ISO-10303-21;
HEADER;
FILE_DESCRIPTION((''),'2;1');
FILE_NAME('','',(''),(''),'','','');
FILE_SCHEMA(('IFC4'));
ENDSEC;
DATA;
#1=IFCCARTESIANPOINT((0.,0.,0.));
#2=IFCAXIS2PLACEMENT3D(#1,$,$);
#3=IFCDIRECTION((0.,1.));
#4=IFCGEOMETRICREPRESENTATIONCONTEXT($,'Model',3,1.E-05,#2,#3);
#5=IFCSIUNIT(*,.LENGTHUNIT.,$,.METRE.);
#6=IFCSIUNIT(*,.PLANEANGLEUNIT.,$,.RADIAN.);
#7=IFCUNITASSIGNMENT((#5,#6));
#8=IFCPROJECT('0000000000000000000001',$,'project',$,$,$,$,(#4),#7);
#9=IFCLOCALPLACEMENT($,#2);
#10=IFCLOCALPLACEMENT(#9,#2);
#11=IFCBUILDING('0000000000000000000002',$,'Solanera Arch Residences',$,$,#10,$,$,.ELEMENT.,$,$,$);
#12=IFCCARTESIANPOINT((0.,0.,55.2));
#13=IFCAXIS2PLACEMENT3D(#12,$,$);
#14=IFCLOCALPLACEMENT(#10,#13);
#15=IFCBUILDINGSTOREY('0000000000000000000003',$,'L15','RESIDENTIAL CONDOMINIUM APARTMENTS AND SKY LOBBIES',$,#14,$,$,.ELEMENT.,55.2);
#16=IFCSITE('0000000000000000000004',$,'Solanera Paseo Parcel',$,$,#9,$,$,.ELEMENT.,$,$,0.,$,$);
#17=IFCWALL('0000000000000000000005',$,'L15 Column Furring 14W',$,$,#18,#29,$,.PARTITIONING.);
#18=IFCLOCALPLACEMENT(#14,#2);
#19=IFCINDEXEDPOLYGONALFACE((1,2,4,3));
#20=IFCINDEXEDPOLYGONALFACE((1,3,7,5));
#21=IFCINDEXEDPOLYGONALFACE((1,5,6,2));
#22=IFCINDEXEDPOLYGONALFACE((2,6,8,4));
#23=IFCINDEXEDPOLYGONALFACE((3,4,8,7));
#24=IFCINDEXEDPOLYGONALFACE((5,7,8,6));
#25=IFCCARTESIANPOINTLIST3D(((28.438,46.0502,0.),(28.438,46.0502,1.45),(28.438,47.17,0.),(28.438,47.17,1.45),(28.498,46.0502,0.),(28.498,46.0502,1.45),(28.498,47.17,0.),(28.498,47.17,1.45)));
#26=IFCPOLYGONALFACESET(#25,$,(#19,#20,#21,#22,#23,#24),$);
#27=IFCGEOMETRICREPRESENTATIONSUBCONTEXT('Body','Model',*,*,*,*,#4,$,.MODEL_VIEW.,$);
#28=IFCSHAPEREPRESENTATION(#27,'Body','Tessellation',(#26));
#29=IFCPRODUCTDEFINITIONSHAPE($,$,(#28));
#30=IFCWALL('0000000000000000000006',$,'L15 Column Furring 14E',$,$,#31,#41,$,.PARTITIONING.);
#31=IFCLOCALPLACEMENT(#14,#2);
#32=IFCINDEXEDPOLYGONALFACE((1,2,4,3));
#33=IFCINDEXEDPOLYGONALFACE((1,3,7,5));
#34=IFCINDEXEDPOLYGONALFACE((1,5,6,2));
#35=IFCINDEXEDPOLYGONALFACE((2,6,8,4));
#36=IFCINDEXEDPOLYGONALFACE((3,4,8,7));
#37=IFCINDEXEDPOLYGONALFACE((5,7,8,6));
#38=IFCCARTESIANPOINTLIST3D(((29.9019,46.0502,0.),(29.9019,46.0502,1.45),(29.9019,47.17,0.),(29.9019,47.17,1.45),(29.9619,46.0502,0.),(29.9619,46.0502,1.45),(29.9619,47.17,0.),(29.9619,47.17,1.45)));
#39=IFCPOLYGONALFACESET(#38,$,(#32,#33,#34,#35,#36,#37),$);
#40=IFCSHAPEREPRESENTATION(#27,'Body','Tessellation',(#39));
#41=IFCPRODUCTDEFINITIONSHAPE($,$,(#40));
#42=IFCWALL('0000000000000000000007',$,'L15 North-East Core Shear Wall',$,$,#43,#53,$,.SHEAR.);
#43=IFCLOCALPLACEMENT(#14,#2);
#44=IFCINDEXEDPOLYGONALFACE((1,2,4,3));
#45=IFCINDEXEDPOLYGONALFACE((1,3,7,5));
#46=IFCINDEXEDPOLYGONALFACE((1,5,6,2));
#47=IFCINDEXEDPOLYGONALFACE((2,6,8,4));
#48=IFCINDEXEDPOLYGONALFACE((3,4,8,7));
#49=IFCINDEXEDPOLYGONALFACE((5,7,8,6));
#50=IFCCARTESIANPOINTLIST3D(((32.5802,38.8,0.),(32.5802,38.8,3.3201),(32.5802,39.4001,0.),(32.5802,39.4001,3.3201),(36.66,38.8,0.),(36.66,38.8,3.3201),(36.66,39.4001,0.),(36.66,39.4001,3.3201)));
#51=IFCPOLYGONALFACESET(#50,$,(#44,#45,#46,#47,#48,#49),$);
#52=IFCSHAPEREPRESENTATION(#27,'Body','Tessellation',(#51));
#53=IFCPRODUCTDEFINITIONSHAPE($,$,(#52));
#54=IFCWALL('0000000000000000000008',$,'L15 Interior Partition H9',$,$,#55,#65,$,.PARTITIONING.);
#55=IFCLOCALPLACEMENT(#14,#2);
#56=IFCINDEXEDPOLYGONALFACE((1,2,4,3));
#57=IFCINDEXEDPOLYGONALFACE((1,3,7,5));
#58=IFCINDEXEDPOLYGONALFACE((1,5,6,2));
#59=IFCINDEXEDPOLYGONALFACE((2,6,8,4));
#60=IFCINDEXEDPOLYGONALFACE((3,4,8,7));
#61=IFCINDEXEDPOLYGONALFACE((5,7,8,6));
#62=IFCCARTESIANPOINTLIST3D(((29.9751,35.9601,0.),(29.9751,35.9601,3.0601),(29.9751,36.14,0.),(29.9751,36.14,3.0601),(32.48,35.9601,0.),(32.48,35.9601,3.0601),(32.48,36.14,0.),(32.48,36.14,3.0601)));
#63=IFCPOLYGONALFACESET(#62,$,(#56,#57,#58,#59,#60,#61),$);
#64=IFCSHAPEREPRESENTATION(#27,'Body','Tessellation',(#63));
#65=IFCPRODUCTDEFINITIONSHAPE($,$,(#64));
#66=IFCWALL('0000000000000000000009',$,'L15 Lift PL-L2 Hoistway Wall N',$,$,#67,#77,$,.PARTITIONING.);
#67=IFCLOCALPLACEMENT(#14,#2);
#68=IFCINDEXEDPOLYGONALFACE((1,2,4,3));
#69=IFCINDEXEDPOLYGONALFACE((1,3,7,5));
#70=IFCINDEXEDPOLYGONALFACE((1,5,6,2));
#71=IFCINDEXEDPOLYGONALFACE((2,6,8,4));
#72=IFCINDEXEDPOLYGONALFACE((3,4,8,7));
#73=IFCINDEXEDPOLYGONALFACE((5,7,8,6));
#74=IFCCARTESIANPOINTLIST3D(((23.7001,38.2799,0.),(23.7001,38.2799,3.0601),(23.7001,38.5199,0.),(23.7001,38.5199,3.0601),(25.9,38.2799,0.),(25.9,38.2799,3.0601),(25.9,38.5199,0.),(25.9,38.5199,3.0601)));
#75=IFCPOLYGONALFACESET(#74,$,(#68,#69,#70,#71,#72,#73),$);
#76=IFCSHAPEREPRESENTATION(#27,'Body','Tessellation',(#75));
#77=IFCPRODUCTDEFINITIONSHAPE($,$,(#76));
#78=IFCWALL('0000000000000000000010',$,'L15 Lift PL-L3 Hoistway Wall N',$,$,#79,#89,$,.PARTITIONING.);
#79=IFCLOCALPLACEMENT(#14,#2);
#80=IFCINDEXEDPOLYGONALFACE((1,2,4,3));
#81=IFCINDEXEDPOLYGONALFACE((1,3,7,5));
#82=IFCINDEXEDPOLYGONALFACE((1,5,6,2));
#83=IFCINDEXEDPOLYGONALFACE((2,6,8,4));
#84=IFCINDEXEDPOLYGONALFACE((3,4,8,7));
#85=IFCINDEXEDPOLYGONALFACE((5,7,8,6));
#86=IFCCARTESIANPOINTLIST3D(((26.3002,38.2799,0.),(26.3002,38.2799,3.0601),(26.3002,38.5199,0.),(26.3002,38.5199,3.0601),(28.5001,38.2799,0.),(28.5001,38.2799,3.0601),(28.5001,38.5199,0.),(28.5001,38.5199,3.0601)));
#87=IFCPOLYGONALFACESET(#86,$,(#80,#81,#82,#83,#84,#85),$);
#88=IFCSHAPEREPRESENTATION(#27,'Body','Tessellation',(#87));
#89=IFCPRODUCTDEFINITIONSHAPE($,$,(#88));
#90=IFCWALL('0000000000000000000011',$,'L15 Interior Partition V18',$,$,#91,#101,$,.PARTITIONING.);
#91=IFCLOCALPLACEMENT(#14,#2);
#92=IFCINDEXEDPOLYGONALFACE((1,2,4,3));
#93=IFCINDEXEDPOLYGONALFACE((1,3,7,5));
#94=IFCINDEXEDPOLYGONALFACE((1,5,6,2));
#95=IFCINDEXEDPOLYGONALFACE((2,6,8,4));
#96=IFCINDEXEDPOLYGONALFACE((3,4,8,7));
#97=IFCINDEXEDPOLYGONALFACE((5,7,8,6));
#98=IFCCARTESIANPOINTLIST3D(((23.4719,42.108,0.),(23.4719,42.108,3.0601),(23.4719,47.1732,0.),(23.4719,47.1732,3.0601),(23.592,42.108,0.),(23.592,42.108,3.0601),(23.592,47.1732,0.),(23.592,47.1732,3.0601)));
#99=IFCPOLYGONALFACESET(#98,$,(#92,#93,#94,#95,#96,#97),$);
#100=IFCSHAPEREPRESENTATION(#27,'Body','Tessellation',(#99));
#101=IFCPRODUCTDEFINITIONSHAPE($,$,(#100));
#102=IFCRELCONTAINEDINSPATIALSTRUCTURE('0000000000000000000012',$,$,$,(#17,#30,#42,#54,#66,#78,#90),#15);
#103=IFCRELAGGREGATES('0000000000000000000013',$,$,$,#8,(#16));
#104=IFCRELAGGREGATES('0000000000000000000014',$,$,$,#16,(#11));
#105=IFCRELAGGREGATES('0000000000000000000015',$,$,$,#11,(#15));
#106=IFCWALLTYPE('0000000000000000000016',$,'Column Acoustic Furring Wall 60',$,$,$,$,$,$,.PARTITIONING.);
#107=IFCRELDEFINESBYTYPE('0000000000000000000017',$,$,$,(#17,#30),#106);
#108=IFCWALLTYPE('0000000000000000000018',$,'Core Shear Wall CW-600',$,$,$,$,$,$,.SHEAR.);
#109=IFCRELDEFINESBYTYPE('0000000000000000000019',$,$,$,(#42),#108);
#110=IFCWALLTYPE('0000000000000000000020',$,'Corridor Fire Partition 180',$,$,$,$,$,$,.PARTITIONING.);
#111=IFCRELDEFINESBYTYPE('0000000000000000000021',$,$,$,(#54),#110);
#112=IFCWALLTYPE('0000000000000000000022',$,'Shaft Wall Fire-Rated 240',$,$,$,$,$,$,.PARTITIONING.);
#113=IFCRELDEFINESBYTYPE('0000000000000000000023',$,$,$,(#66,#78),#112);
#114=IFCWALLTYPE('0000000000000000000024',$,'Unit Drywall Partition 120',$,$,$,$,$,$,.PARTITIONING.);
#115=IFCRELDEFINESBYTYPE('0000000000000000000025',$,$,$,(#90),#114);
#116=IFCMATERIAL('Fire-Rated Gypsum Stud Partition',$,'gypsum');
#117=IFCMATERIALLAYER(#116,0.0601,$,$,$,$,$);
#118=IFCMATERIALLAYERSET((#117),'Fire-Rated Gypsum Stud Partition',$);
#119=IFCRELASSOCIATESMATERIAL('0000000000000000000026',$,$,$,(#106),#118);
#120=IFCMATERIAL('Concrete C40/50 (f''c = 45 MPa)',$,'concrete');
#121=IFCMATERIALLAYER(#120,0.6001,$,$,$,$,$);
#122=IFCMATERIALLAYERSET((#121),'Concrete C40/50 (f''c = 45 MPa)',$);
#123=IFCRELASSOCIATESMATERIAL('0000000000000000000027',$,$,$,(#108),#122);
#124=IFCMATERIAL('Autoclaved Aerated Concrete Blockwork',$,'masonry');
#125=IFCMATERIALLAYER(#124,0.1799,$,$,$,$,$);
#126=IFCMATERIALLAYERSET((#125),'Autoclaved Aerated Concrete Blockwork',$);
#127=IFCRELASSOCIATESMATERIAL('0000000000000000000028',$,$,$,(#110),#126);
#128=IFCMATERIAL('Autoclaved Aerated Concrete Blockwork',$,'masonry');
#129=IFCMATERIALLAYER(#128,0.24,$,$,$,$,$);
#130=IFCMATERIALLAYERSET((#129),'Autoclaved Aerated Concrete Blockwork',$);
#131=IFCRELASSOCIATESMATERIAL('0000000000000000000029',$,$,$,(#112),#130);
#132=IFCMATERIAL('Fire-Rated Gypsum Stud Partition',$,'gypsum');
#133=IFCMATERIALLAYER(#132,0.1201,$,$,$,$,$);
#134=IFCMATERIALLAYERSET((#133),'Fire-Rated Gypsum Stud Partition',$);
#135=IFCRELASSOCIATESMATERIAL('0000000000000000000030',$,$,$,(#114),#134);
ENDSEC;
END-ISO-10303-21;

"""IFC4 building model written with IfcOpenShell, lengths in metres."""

from ifc_helpers import new_model, si_unit, direction, frame, frame_2d, origin, place, context, subcontext, project, spatial, rectangle, extrude, material, layer, layer_set, type_object, element, save


model = new_model("IFC4")

# Units and contexts
model_context = context("Model", 3, precision=1e-05, world=origin(), true_north=direction((0.0, 1.0)))
body_context = subcontext(model_context, "Body", "Model", "MODEL_VIEW")
ifc_project = project(units=[si_unit("LENGTHUNIT", "METRE"), si_unit("PLANEANGLEUNIT", "RADIAN")], contexts=[model_context])

# Site, building, storey
site_placement = place(None, origin())
site = spatial("IfcSite", under=ifc_project, at=site_placement, Name="Solanera Paseo Parcel", CompositionType="ELEMENT", RefElevation=0.0)
building_placement = place(site_placement, origin())
building = spatial("IfcBuilding", under=site, at=building_placement, Name="Solanera Arch Residences", CompositionType="ELEMENT")
storey_placement = place(building_placement, frame((0.0, 0.0, 55.2)))
storey = spatial("IfcBuildingStorey", under=building, at=storey_placement, Name="L15", Description="RESIDENTIAL CONDOMINIUM APARTMENTS AND SKY LOBBIES", CompositionType="ELEMENT", Elevation=55.2)

# Walls
ifc_material_1 = material(Name="Fire-Rated Gypsum Stud Partition", Category="gypsum")
ifc_layer_1 = layer(ifc_material_1, 0.0601)
ifc_layer_set_1 = layer_set([ifc_layer_1], Name="Fire-Rated Gypsum Stud Partition")
wall_type_1 = type_object("IfcWallType", Name="Column Acoustic Furring Wall 60", PredefinedType="PARTITIONING", material=ifc_layer_set_1)
for number, where, z_axis, x_axis, name in (
    (1, (28.468, 46.05, 0.0), (0.0, 0.0, 1.0), (0.0, 1.0, 0.0), "L15 Column Furring 14W"),
    (2, (29.9319, 46.05, 0.0), (0.0, 0.0, 1.0), (0.0, 1.0, 0.0), "L15 Column Furring 14E"),
):
    element("IfcWall", number, at=place(storey_placement, frame(where, z_axis=z_axis, x_axis=x_axis)), inside=storey, type_object=wall_type_1, Name=name, PredefinedType="PARTITIONING", context=body_context, shape_type="SweptSolid", body=[
        extrude(rectangle(XDim=1.1199, YDim=0.0601, at=frame_2d((0.5601, 0.0))), origin(), (0.0, 0.0, 1.0), 1.45),
    ])
ifc_material_2 = material(Name="Concrete C40/50 (f'c = 45 MPa)", Category="concrete")
ifc_layer_2 = layer(ifc_material_2, 0.6001)
ifc_layer_set_2 = layer_set([ifc_layer_2], Name="Concrete C40/50 (f'c = 45 MPa)")
wall_type_2 = type_object("IfcWallType", Name="Core Shear Wall CW-600", PredefinedType="SHEAR", material=ifc_layer_set_2)
wall_1_placement = place(storey_placement, frame((32.5801, 39.1001, 0.0), z_axis=(0.0, 0.0, 1.0), x_axis=(1.0, 0.0, 0.0)))
element("IfcWall", 3, at=wall_1_placement, inside=storey, type_object=wall_type_2, Name="L15 North-East Core Shear Wall", PredefinedType="SHEAR", context=body_context, shape_type="SweptSolid", body=[
    extrude(rectangle(XDim=4.0798, YDim=0.6001, at=frame_2d((2.04, 0.0))), origin(), (0.0, 0.0, 1.0), 3.3201),
])
ifc_material_3 = material(Name="Autoclaved Aerated Concrete Blockwork", Category="masonry")
ifc_layer_3 = layer(ifc_material_3, 0.1799)
ifc_layer_set_3 = layer_set([ifc_layer_3], Name="Autoclaved Aerated Concrete Blockwork")
wall_type_3 = type_object("IfcWallType", Name="Corridor Fire Partition 180", PredefinedType="PARTITIONING", material=ifc_layer_set_3)
wall_2_placement = place(storey_placement, frame((29.9751, 36.05, 0.0), z_axis=(0.0, 0.0, 1.0), x_axis=(1.0, 0.0, 0.0)))
element("IfcWall", 4, at=wall_2_placement, inside=storey, type_object=wall_type_3, Name="L15 Interior Partition H9", PredefinedType="PARTITIONING", context=body_context, shape_type="SweptSolid", body=[
    extrude(rectangle(XDim=2.5049, YDim=0.1799, at=frame_2d((1.2524, 0.0))), origin(), (0.0, 0.0, 1.0), 3.0601),
])
ifc_material_4 = material(Name="Autoclaved Aerated Concrete Blockwork", Category="masonry")
ifc_layer_4 = layer(ifc_material_4, 0.24)
ifc_layer_set_4 = layer_set([ifc_layer_4], Name="Autoclaved Aerated Concrete Blockwork")
wall_type_4 = type_object("IfcWallType", Name="Shaft Wall Fire-Rated 240", PredefinedType="PARTITIONING", material=ifc_layer_set_4)
for number, where, z_axis, x_axis, name in (
    (5, (23.7, 38.3999, 0.0), (0.0, 0.0, 1.0), (1.0, 0.0, 0.0), "L15 Lift PL-L2 Hoistway Wall N"),
    (6, (26.3, 38.3999, 0.0), (0.0, 0.0, 1.0), (1.0, 0.0, 0.0), "L15 Lift PL-L3 Hoistway Wall N"),
):
    element("IfcWall", number, at=place(storey_placement, frame(where, z_axis=z_axis, x_axis=x_axis)), inside=storey, type_object=wall_type_4, Name=name, PredefinedType="PARTITIONING", context=body_context, shape_type="SweptSolid", body=[
        extrude(rectangle(XDim=2.2, YDim=0.24, at=frame_2d((1.1001, 0.0))), origin(), (0.0, 0.0, 1.0), 3.0601),
    ])
ifc_material_5 = material(Name="Fire-Rated Gypsum Stud Partition", Category="gypsum")
ifc_layer_5 = layer(ifc_material_5, 0.1201)
ifc_layer_set_5 = layer_set([ifc_layer_5], Name="Fire-Rated Gypsum Stud Partition")
wall_type_5 = type_object("IfcWallType", Name="Unit Drywall Partition 120", PredefinedType="PARTITIONING", material=ifc_layer_set_5)
wall_3_placement = place(storey_placement, frame((23.532, 42.1079, 0.0), z_axis=(0.0, 0.0, 1.0), x_axis=(0.0, 1.0, 0.0)))
element("IfcWall", 7, at=wall_3_placement, inside=storey, type_object=wall_type_5, Name="L15 Interior Partition V18", PredefinedType="PARTITIONING", context=body_context, shape_type="SweptSolid", body=[
    extrude(rectangle(XDim=5.0652, YDim=0.1201, at=frame_2d((2.5327, 0.0))), origin(), (0.0, 0.0, 1.0), 3.0601),
])

save(model, "model.ifc")
